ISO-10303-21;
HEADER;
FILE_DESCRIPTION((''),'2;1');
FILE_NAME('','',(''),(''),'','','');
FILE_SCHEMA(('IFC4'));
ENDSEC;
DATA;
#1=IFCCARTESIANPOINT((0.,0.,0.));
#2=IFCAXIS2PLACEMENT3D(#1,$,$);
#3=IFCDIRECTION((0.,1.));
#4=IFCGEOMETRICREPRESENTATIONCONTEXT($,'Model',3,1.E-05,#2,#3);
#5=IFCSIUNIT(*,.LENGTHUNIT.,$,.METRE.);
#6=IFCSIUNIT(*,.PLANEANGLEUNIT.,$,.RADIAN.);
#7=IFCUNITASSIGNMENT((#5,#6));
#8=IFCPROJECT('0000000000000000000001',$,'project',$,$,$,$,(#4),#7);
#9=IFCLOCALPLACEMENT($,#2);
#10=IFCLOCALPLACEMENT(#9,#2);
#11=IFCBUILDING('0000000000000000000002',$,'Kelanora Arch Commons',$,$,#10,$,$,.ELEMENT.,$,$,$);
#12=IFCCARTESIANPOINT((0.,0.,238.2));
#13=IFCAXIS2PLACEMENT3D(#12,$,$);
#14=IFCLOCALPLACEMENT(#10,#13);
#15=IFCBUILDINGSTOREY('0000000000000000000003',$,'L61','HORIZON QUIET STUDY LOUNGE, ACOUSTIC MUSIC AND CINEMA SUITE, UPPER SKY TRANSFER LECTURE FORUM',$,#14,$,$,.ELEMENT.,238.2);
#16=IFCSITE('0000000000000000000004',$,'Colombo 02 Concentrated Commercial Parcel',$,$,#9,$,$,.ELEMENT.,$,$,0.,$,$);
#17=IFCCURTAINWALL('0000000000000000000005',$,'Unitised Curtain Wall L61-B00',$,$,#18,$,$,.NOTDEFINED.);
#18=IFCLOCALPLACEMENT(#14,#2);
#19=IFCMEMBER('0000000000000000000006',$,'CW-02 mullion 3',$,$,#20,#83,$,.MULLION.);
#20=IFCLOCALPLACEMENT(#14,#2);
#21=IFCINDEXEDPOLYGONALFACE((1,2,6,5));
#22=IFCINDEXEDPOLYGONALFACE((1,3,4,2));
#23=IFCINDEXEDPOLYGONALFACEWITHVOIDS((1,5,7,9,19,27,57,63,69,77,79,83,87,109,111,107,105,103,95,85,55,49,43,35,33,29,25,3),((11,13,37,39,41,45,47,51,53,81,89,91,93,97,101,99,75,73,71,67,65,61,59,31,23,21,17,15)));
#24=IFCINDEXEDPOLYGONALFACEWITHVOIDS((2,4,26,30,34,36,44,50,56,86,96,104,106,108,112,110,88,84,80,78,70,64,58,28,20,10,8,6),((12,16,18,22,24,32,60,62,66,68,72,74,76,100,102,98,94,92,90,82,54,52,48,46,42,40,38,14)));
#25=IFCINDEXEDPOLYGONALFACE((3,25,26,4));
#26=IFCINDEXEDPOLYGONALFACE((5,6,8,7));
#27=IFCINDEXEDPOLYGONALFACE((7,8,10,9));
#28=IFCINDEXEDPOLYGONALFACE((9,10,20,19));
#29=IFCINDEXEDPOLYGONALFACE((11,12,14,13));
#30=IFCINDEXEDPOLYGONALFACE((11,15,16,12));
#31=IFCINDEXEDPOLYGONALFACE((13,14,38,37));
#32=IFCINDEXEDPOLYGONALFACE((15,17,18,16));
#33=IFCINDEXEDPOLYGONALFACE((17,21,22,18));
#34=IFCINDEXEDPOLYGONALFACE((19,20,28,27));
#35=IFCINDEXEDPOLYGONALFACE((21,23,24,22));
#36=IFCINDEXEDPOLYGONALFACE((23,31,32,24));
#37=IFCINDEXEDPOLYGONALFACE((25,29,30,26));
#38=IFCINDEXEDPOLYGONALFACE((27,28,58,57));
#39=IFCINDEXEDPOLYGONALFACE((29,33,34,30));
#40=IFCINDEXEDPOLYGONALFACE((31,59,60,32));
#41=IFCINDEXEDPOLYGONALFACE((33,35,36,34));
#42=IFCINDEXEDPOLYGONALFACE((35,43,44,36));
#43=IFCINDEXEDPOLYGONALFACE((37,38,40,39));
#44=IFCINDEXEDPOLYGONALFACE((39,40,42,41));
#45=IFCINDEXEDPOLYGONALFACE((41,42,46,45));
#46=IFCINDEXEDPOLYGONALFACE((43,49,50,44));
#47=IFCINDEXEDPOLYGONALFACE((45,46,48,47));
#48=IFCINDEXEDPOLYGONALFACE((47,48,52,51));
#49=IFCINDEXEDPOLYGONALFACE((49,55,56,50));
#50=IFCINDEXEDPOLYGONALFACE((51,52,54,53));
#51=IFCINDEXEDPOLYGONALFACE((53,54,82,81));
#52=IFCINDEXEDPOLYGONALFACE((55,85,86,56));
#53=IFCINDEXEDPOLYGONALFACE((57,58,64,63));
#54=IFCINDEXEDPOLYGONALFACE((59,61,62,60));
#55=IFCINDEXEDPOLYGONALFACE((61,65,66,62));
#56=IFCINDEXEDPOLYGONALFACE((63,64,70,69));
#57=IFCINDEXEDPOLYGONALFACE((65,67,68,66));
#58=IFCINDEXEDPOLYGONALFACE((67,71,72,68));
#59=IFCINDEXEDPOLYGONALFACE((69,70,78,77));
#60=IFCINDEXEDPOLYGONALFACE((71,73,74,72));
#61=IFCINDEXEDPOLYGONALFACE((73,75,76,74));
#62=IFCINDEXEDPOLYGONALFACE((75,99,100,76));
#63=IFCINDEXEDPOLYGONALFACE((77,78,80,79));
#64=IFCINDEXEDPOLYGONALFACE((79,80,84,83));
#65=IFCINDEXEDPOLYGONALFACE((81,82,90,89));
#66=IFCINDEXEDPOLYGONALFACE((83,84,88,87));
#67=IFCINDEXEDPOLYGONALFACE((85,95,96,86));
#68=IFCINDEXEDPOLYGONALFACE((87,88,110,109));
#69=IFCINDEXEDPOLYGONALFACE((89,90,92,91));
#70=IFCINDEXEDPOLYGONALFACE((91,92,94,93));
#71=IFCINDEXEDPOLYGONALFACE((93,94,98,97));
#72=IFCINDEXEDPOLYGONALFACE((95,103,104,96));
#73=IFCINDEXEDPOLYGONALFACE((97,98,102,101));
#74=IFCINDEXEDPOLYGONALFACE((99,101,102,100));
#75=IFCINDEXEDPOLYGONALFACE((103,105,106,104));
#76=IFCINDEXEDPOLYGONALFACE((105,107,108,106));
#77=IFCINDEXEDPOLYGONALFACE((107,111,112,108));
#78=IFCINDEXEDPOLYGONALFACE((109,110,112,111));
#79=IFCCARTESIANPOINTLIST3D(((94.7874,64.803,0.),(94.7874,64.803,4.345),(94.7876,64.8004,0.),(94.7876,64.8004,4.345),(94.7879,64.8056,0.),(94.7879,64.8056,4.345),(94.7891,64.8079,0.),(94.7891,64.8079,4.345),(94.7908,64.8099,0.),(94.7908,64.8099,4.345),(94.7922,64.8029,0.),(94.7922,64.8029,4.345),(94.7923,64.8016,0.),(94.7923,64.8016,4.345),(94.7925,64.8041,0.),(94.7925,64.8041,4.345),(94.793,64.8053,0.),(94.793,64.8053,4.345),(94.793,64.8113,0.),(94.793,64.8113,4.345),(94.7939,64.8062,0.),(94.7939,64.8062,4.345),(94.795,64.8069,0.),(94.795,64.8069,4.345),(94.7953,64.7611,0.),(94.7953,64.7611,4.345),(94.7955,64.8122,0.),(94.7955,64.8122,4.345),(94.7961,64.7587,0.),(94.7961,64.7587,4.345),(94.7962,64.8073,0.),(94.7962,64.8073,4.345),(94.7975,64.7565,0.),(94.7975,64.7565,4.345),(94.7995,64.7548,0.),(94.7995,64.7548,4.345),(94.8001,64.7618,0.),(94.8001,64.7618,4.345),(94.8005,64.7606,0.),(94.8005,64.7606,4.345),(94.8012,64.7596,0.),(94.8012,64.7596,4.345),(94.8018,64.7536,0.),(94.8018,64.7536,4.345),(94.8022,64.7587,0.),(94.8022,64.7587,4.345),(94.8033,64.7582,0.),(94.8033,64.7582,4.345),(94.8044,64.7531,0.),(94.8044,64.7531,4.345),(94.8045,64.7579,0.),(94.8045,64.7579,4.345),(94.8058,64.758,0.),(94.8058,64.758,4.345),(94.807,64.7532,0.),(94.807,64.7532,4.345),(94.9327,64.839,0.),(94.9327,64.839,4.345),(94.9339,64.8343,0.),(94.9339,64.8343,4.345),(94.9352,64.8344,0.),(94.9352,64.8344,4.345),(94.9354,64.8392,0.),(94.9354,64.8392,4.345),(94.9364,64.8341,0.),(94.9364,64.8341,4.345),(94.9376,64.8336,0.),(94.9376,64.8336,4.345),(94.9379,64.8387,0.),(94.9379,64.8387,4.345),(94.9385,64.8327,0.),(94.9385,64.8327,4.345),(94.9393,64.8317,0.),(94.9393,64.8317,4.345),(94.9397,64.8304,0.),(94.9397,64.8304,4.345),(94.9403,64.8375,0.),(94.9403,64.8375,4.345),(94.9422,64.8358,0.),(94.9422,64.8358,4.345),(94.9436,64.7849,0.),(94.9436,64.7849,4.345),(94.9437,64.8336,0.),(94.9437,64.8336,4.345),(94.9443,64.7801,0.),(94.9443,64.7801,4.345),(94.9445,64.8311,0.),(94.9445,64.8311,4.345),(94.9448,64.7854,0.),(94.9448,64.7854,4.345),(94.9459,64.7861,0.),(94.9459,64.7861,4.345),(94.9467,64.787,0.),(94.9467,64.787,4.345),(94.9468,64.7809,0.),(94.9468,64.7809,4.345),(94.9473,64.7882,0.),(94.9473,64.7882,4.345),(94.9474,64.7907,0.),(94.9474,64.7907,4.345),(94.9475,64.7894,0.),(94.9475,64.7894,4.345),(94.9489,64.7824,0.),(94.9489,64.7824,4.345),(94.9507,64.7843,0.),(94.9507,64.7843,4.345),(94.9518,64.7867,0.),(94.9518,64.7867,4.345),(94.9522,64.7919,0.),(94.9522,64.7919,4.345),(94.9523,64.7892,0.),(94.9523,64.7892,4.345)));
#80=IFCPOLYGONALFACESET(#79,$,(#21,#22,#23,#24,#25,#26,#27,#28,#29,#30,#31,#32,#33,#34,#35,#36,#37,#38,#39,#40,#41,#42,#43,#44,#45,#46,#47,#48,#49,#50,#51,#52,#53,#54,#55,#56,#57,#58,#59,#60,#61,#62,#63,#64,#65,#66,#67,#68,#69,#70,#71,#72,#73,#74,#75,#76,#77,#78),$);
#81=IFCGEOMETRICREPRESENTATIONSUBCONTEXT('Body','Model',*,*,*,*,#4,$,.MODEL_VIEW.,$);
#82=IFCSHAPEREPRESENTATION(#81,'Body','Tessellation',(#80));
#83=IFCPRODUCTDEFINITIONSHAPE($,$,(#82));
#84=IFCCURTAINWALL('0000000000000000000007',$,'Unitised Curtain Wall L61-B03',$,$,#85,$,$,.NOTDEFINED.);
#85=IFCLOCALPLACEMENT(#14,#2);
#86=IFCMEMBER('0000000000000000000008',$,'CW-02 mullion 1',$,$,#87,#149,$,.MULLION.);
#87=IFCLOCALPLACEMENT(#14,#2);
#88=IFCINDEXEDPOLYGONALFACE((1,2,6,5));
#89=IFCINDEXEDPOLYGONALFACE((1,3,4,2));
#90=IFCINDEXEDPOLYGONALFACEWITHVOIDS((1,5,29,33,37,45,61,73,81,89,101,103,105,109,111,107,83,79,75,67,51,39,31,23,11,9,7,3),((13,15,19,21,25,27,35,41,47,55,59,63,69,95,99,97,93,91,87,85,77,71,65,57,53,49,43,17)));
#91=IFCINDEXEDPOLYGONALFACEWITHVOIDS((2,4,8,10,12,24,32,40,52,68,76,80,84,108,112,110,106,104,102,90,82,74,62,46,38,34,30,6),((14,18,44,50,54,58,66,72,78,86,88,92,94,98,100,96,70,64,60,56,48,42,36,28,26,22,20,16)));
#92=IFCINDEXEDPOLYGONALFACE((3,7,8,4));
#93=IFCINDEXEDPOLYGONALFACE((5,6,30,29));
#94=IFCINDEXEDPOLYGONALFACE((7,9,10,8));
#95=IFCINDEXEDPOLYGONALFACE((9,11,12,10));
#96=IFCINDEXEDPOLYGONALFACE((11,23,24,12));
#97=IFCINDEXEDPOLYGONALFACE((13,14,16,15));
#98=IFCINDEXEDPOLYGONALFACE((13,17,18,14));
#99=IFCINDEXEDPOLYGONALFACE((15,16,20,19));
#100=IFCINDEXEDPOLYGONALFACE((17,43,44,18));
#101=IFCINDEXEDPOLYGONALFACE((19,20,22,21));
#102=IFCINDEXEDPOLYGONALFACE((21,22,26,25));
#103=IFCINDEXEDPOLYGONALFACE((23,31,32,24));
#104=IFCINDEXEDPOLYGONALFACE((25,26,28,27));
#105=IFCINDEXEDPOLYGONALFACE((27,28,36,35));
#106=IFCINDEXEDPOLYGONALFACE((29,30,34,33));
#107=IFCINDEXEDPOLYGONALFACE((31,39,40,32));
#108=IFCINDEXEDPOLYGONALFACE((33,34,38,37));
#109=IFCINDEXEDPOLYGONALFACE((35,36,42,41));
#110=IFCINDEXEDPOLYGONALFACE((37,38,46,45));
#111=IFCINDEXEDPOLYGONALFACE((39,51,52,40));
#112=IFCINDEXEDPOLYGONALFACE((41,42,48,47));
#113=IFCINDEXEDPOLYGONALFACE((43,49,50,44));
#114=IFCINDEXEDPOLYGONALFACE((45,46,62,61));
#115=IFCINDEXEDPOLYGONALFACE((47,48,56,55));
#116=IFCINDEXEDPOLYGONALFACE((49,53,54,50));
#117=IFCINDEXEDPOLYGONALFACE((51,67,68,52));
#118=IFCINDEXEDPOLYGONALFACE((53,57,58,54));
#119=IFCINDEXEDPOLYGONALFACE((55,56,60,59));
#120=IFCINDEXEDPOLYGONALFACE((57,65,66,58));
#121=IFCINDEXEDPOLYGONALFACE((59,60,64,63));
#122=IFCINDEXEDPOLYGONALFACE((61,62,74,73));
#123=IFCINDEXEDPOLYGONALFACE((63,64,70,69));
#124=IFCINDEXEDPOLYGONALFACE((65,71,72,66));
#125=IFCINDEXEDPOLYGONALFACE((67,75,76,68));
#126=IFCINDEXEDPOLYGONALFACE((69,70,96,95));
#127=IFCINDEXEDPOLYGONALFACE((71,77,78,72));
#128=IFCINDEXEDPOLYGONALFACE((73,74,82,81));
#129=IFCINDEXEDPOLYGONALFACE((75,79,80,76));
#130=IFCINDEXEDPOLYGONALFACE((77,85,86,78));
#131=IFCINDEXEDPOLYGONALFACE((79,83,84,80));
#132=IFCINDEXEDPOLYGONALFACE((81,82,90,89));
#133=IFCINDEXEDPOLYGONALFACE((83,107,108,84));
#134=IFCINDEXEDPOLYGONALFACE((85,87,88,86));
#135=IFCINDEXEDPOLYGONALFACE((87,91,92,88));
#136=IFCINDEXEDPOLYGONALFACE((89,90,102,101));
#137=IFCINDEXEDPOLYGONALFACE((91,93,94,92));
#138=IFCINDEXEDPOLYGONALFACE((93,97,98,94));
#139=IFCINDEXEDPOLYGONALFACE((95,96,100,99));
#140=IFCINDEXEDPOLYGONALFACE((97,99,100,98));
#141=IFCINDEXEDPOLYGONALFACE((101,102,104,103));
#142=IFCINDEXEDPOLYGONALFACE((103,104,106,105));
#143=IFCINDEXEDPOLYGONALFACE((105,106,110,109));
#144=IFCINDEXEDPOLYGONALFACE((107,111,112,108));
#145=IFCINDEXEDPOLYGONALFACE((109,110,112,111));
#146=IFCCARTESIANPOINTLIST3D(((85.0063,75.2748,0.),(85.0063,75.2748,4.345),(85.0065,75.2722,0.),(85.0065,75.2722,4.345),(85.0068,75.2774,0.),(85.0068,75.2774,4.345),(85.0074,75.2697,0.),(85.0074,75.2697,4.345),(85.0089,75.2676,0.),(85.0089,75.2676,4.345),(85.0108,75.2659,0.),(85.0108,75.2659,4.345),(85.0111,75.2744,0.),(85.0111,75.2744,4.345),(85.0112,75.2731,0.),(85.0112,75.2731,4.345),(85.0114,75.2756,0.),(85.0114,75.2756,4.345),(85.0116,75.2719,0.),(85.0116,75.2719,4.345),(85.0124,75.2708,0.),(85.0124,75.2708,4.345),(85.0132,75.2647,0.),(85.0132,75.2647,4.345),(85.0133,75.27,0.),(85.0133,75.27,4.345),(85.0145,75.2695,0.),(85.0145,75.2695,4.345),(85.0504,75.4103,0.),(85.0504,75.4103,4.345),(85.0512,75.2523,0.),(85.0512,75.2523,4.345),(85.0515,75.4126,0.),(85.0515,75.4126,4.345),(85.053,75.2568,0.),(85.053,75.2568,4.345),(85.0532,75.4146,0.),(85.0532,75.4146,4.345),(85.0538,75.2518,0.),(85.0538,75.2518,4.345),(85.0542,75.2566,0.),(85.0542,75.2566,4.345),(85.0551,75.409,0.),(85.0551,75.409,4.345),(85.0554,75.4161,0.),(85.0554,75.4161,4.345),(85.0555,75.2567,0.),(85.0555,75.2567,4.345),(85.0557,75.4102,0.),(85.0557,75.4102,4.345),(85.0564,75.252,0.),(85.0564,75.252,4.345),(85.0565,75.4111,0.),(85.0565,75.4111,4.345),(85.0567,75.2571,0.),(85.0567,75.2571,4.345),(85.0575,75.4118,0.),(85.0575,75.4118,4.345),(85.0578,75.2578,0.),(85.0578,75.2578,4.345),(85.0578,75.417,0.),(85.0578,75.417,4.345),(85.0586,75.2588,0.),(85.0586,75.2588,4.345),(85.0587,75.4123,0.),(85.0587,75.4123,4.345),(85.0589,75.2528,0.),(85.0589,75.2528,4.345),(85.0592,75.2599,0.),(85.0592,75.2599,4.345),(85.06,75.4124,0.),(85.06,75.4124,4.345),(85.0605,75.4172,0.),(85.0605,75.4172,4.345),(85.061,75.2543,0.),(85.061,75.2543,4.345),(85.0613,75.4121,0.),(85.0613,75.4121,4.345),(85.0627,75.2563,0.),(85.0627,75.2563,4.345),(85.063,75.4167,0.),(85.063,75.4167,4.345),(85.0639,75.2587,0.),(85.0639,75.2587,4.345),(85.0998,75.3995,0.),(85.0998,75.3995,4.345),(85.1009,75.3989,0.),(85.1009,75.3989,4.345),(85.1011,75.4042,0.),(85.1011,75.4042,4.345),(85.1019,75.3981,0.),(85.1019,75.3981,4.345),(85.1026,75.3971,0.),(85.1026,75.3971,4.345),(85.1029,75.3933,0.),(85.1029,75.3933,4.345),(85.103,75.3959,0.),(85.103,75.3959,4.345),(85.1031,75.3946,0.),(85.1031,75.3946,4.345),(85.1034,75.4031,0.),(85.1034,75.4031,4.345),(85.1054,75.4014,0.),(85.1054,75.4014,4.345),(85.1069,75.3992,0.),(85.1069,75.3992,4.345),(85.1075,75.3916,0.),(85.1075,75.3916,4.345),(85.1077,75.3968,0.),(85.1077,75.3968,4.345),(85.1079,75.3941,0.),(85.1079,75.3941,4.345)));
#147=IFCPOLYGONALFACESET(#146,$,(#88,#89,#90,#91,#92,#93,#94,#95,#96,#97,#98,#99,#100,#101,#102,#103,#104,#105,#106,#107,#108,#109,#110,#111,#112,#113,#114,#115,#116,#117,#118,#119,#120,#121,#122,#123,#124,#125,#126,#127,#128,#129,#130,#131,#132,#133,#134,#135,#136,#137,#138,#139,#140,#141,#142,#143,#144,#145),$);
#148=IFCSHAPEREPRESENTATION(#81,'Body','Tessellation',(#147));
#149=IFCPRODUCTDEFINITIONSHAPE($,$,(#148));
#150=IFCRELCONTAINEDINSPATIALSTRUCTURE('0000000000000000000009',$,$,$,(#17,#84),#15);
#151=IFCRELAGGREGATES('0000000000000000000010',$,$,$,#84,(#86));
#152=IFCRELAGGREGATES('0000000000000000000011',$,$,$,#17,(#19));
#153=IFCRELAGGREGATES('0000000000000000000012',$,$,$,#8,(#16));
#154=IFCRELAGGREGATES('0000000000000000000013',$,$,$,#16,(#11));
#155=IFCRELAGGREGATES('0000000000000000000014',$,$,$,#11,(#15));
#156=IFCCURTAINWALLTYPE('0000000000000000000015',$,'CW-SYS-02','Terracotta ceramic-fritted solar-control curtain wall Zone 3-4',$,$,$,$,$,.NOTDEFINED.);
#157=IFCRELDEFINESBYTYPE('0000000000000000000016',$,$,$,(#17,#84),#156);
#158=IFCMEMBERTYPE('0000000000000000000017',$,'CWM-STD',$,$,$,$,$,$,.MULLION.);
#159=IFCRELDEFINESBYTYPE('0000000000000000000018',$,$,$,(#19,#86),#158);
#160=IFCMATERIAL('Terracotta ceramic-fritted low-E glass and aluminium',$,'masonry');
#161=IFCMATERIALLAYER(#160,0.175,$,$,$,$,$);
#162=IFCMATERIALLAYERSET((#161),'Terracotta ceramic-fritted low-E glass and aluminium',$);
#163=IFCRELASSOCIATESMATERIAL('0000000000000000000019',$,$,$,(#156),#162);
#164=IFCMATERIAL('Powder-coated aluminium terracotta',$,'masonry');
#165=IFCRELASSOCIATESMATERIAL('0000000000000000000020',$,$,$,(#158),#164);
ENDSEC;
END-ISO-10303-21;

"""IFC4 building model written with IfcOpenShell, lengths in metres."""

from ifc_helpers import new_model, si_unit, direction, frame, origin, origin_2d, place, context, subcontext, project, spatial, hollow_rectangle, extrude, material, layer, layer_set, material_profile, profile_set, type_object, element, aggregate, save


model = new_model("IFC4")

# Units and contexts
model_context = context("Model", 3, precision=1e-05, world=origin(), true_north=direction((0.0, 1.0)))
body_context = subcontext(model_context, "Body", "Model", "MODEL_VIEW")
ifc_project = project(units=[si_unit("LENGTHUNIT", "METRE"), si_unit("PLANEANGLEUNIT", "RADIAN")], contexts=[model_context])

# Site, building, storey
site_placement = place(None, origin())
site = spatial("IfcSite", under=ifc_project, at=site_placement, Name="Colombo 02 Concentrated Commercial Parcel", CompositionType="ELEMENT", RefElevation=0.0)
building_placement = place(site_placement, origin())
building = spatial("IfcBuilding", under=site, at=building_placement, Name="Kelanora Arch Commons", CompositionType="ELEMENT")
storey_placement = place(building_placement, frame((0.0, 0.0, 238.2)))
storey = spatial("IfcBuildingStorey", under=building, at=storey_placement, Name="L61", Description="HORIZON QUIET STUDY LOUNGE, ACOUSTIC MUSIC AND CINEMA SUITE, UPPER SKY TRANSFER LECTURE FORUM", CompositionType="ELEMENT", Elevation=238.2)

# Curtain wall, member
ifc_material_1 = material(Name="Terracotta ceramic-fritted low-E glass and aluminium", Category="masonry")
ifc_layer_1 = layer(ifc_material_1, 0.175)
ifc_layer_set_1 = layer_set([ifc_layer_1], Name="Terracotta ceramic-fritted low-E glass and aluminium")
curtain_wall_type = type_object("IfcCurtainWallType", Name="CW-SYS-02", Description="Terracotta ceramic-fritted solar-control curtain wall Zone 3-4", PredefinedType="NOTDEFINED", material=ifc_layer_set_1)
curtain_wall_1_placement = place(storey_placement, origin())
curtain_wall_1 = element("IfcCurtainWall", 1, at=curtain_wall_1_placement, inside=storey, type_object=curtain_wall_type, Name="Unitised Curtain Wall L61-B00", PredefinedType="NOTDEFINED")
ifc_material_2 = material(Name="Powder-coated aluminium terracotta", Category="masonry")
ifc_material_profile_1 = material_profile(ifc_material_2, hollow_rectangle(XDim=0.1599, YDim=0.0601, WallThickness=0.0049, InnerFilletRadius=0.0049, OuterFilletRadius=0.01, at=origin_2d()), Name="CWM160x60")
ifc_profile_set_1 = profile_set([ifc_material_profile_1], Name="Powder-coated aluminium terracotta")
member_type_1 = type_object("IfcMemberType", Name="CWM-STD", PredefinedType="MULLION", material=ifc_profile_set_1)
member_1_placement = place(storey_placement, frame((94.8699, 64.7961, 0.0), z_axis=(0.0, 0.0, 1.0), x_axis=(-0.981381, -0.192069, 0.0)))
member_1 = element("IfcMember", 2, at=member_1_placement, type_object=member_type_1, Name="CW-02 mullion 3", PredefinedType="MULLION", context=body_context, shape_type="SweptSolid", body=[
    extrude(hollow_rectangle(XDim=0.1599, YDim=0.0601, WallThickness=0.0049, InnerFilletRadius=0.0049, OuterFilletRadius=0.01, at=origin_2d()), origin(), (0.0, 0.0, 1.0), 4.345),
])

# Curtain wall, member
curtain_wall_2_placement = place(storey_placement, origin())
curtain_wall_2 = element("IfcCurtainWall", 3, at=curtain_wall_2_placement, inside=storey, type_object=curtain_wall_type, Name="Unitised Curtain Wall L61-B03", PredefinedType="NOTDEFINED")
member_2_placement = place(storey_placement, frame((85.0571, 75.3345, 0.0), z_axis=(0.0, 0.0, 1.0), x_axis=(-0.311582, -0.950219, 0.0)))
member_2 = element("IfcMember", 4, at=member_2_placement, type_object=member_type_1, Name="CW-02 mullion 1", PredefinedType="MULLION", context=body_context, shape_type="SweptSolid", body=[
    extrude(hollow_rectangle(XDim=0.1599, YDim=0.0601, WallThickness=0.0049, InnerFilletRadius=0.0049, OuterFilletRadius=0.01, at=origin_2d()), origin(), (0.0, 0.0, 1.0), 4.345),
])
aggregate(curtain_wall_2, [member_2])

aggregate(curtain_wall_1, [member_1])

save(model, "model.ifc")
